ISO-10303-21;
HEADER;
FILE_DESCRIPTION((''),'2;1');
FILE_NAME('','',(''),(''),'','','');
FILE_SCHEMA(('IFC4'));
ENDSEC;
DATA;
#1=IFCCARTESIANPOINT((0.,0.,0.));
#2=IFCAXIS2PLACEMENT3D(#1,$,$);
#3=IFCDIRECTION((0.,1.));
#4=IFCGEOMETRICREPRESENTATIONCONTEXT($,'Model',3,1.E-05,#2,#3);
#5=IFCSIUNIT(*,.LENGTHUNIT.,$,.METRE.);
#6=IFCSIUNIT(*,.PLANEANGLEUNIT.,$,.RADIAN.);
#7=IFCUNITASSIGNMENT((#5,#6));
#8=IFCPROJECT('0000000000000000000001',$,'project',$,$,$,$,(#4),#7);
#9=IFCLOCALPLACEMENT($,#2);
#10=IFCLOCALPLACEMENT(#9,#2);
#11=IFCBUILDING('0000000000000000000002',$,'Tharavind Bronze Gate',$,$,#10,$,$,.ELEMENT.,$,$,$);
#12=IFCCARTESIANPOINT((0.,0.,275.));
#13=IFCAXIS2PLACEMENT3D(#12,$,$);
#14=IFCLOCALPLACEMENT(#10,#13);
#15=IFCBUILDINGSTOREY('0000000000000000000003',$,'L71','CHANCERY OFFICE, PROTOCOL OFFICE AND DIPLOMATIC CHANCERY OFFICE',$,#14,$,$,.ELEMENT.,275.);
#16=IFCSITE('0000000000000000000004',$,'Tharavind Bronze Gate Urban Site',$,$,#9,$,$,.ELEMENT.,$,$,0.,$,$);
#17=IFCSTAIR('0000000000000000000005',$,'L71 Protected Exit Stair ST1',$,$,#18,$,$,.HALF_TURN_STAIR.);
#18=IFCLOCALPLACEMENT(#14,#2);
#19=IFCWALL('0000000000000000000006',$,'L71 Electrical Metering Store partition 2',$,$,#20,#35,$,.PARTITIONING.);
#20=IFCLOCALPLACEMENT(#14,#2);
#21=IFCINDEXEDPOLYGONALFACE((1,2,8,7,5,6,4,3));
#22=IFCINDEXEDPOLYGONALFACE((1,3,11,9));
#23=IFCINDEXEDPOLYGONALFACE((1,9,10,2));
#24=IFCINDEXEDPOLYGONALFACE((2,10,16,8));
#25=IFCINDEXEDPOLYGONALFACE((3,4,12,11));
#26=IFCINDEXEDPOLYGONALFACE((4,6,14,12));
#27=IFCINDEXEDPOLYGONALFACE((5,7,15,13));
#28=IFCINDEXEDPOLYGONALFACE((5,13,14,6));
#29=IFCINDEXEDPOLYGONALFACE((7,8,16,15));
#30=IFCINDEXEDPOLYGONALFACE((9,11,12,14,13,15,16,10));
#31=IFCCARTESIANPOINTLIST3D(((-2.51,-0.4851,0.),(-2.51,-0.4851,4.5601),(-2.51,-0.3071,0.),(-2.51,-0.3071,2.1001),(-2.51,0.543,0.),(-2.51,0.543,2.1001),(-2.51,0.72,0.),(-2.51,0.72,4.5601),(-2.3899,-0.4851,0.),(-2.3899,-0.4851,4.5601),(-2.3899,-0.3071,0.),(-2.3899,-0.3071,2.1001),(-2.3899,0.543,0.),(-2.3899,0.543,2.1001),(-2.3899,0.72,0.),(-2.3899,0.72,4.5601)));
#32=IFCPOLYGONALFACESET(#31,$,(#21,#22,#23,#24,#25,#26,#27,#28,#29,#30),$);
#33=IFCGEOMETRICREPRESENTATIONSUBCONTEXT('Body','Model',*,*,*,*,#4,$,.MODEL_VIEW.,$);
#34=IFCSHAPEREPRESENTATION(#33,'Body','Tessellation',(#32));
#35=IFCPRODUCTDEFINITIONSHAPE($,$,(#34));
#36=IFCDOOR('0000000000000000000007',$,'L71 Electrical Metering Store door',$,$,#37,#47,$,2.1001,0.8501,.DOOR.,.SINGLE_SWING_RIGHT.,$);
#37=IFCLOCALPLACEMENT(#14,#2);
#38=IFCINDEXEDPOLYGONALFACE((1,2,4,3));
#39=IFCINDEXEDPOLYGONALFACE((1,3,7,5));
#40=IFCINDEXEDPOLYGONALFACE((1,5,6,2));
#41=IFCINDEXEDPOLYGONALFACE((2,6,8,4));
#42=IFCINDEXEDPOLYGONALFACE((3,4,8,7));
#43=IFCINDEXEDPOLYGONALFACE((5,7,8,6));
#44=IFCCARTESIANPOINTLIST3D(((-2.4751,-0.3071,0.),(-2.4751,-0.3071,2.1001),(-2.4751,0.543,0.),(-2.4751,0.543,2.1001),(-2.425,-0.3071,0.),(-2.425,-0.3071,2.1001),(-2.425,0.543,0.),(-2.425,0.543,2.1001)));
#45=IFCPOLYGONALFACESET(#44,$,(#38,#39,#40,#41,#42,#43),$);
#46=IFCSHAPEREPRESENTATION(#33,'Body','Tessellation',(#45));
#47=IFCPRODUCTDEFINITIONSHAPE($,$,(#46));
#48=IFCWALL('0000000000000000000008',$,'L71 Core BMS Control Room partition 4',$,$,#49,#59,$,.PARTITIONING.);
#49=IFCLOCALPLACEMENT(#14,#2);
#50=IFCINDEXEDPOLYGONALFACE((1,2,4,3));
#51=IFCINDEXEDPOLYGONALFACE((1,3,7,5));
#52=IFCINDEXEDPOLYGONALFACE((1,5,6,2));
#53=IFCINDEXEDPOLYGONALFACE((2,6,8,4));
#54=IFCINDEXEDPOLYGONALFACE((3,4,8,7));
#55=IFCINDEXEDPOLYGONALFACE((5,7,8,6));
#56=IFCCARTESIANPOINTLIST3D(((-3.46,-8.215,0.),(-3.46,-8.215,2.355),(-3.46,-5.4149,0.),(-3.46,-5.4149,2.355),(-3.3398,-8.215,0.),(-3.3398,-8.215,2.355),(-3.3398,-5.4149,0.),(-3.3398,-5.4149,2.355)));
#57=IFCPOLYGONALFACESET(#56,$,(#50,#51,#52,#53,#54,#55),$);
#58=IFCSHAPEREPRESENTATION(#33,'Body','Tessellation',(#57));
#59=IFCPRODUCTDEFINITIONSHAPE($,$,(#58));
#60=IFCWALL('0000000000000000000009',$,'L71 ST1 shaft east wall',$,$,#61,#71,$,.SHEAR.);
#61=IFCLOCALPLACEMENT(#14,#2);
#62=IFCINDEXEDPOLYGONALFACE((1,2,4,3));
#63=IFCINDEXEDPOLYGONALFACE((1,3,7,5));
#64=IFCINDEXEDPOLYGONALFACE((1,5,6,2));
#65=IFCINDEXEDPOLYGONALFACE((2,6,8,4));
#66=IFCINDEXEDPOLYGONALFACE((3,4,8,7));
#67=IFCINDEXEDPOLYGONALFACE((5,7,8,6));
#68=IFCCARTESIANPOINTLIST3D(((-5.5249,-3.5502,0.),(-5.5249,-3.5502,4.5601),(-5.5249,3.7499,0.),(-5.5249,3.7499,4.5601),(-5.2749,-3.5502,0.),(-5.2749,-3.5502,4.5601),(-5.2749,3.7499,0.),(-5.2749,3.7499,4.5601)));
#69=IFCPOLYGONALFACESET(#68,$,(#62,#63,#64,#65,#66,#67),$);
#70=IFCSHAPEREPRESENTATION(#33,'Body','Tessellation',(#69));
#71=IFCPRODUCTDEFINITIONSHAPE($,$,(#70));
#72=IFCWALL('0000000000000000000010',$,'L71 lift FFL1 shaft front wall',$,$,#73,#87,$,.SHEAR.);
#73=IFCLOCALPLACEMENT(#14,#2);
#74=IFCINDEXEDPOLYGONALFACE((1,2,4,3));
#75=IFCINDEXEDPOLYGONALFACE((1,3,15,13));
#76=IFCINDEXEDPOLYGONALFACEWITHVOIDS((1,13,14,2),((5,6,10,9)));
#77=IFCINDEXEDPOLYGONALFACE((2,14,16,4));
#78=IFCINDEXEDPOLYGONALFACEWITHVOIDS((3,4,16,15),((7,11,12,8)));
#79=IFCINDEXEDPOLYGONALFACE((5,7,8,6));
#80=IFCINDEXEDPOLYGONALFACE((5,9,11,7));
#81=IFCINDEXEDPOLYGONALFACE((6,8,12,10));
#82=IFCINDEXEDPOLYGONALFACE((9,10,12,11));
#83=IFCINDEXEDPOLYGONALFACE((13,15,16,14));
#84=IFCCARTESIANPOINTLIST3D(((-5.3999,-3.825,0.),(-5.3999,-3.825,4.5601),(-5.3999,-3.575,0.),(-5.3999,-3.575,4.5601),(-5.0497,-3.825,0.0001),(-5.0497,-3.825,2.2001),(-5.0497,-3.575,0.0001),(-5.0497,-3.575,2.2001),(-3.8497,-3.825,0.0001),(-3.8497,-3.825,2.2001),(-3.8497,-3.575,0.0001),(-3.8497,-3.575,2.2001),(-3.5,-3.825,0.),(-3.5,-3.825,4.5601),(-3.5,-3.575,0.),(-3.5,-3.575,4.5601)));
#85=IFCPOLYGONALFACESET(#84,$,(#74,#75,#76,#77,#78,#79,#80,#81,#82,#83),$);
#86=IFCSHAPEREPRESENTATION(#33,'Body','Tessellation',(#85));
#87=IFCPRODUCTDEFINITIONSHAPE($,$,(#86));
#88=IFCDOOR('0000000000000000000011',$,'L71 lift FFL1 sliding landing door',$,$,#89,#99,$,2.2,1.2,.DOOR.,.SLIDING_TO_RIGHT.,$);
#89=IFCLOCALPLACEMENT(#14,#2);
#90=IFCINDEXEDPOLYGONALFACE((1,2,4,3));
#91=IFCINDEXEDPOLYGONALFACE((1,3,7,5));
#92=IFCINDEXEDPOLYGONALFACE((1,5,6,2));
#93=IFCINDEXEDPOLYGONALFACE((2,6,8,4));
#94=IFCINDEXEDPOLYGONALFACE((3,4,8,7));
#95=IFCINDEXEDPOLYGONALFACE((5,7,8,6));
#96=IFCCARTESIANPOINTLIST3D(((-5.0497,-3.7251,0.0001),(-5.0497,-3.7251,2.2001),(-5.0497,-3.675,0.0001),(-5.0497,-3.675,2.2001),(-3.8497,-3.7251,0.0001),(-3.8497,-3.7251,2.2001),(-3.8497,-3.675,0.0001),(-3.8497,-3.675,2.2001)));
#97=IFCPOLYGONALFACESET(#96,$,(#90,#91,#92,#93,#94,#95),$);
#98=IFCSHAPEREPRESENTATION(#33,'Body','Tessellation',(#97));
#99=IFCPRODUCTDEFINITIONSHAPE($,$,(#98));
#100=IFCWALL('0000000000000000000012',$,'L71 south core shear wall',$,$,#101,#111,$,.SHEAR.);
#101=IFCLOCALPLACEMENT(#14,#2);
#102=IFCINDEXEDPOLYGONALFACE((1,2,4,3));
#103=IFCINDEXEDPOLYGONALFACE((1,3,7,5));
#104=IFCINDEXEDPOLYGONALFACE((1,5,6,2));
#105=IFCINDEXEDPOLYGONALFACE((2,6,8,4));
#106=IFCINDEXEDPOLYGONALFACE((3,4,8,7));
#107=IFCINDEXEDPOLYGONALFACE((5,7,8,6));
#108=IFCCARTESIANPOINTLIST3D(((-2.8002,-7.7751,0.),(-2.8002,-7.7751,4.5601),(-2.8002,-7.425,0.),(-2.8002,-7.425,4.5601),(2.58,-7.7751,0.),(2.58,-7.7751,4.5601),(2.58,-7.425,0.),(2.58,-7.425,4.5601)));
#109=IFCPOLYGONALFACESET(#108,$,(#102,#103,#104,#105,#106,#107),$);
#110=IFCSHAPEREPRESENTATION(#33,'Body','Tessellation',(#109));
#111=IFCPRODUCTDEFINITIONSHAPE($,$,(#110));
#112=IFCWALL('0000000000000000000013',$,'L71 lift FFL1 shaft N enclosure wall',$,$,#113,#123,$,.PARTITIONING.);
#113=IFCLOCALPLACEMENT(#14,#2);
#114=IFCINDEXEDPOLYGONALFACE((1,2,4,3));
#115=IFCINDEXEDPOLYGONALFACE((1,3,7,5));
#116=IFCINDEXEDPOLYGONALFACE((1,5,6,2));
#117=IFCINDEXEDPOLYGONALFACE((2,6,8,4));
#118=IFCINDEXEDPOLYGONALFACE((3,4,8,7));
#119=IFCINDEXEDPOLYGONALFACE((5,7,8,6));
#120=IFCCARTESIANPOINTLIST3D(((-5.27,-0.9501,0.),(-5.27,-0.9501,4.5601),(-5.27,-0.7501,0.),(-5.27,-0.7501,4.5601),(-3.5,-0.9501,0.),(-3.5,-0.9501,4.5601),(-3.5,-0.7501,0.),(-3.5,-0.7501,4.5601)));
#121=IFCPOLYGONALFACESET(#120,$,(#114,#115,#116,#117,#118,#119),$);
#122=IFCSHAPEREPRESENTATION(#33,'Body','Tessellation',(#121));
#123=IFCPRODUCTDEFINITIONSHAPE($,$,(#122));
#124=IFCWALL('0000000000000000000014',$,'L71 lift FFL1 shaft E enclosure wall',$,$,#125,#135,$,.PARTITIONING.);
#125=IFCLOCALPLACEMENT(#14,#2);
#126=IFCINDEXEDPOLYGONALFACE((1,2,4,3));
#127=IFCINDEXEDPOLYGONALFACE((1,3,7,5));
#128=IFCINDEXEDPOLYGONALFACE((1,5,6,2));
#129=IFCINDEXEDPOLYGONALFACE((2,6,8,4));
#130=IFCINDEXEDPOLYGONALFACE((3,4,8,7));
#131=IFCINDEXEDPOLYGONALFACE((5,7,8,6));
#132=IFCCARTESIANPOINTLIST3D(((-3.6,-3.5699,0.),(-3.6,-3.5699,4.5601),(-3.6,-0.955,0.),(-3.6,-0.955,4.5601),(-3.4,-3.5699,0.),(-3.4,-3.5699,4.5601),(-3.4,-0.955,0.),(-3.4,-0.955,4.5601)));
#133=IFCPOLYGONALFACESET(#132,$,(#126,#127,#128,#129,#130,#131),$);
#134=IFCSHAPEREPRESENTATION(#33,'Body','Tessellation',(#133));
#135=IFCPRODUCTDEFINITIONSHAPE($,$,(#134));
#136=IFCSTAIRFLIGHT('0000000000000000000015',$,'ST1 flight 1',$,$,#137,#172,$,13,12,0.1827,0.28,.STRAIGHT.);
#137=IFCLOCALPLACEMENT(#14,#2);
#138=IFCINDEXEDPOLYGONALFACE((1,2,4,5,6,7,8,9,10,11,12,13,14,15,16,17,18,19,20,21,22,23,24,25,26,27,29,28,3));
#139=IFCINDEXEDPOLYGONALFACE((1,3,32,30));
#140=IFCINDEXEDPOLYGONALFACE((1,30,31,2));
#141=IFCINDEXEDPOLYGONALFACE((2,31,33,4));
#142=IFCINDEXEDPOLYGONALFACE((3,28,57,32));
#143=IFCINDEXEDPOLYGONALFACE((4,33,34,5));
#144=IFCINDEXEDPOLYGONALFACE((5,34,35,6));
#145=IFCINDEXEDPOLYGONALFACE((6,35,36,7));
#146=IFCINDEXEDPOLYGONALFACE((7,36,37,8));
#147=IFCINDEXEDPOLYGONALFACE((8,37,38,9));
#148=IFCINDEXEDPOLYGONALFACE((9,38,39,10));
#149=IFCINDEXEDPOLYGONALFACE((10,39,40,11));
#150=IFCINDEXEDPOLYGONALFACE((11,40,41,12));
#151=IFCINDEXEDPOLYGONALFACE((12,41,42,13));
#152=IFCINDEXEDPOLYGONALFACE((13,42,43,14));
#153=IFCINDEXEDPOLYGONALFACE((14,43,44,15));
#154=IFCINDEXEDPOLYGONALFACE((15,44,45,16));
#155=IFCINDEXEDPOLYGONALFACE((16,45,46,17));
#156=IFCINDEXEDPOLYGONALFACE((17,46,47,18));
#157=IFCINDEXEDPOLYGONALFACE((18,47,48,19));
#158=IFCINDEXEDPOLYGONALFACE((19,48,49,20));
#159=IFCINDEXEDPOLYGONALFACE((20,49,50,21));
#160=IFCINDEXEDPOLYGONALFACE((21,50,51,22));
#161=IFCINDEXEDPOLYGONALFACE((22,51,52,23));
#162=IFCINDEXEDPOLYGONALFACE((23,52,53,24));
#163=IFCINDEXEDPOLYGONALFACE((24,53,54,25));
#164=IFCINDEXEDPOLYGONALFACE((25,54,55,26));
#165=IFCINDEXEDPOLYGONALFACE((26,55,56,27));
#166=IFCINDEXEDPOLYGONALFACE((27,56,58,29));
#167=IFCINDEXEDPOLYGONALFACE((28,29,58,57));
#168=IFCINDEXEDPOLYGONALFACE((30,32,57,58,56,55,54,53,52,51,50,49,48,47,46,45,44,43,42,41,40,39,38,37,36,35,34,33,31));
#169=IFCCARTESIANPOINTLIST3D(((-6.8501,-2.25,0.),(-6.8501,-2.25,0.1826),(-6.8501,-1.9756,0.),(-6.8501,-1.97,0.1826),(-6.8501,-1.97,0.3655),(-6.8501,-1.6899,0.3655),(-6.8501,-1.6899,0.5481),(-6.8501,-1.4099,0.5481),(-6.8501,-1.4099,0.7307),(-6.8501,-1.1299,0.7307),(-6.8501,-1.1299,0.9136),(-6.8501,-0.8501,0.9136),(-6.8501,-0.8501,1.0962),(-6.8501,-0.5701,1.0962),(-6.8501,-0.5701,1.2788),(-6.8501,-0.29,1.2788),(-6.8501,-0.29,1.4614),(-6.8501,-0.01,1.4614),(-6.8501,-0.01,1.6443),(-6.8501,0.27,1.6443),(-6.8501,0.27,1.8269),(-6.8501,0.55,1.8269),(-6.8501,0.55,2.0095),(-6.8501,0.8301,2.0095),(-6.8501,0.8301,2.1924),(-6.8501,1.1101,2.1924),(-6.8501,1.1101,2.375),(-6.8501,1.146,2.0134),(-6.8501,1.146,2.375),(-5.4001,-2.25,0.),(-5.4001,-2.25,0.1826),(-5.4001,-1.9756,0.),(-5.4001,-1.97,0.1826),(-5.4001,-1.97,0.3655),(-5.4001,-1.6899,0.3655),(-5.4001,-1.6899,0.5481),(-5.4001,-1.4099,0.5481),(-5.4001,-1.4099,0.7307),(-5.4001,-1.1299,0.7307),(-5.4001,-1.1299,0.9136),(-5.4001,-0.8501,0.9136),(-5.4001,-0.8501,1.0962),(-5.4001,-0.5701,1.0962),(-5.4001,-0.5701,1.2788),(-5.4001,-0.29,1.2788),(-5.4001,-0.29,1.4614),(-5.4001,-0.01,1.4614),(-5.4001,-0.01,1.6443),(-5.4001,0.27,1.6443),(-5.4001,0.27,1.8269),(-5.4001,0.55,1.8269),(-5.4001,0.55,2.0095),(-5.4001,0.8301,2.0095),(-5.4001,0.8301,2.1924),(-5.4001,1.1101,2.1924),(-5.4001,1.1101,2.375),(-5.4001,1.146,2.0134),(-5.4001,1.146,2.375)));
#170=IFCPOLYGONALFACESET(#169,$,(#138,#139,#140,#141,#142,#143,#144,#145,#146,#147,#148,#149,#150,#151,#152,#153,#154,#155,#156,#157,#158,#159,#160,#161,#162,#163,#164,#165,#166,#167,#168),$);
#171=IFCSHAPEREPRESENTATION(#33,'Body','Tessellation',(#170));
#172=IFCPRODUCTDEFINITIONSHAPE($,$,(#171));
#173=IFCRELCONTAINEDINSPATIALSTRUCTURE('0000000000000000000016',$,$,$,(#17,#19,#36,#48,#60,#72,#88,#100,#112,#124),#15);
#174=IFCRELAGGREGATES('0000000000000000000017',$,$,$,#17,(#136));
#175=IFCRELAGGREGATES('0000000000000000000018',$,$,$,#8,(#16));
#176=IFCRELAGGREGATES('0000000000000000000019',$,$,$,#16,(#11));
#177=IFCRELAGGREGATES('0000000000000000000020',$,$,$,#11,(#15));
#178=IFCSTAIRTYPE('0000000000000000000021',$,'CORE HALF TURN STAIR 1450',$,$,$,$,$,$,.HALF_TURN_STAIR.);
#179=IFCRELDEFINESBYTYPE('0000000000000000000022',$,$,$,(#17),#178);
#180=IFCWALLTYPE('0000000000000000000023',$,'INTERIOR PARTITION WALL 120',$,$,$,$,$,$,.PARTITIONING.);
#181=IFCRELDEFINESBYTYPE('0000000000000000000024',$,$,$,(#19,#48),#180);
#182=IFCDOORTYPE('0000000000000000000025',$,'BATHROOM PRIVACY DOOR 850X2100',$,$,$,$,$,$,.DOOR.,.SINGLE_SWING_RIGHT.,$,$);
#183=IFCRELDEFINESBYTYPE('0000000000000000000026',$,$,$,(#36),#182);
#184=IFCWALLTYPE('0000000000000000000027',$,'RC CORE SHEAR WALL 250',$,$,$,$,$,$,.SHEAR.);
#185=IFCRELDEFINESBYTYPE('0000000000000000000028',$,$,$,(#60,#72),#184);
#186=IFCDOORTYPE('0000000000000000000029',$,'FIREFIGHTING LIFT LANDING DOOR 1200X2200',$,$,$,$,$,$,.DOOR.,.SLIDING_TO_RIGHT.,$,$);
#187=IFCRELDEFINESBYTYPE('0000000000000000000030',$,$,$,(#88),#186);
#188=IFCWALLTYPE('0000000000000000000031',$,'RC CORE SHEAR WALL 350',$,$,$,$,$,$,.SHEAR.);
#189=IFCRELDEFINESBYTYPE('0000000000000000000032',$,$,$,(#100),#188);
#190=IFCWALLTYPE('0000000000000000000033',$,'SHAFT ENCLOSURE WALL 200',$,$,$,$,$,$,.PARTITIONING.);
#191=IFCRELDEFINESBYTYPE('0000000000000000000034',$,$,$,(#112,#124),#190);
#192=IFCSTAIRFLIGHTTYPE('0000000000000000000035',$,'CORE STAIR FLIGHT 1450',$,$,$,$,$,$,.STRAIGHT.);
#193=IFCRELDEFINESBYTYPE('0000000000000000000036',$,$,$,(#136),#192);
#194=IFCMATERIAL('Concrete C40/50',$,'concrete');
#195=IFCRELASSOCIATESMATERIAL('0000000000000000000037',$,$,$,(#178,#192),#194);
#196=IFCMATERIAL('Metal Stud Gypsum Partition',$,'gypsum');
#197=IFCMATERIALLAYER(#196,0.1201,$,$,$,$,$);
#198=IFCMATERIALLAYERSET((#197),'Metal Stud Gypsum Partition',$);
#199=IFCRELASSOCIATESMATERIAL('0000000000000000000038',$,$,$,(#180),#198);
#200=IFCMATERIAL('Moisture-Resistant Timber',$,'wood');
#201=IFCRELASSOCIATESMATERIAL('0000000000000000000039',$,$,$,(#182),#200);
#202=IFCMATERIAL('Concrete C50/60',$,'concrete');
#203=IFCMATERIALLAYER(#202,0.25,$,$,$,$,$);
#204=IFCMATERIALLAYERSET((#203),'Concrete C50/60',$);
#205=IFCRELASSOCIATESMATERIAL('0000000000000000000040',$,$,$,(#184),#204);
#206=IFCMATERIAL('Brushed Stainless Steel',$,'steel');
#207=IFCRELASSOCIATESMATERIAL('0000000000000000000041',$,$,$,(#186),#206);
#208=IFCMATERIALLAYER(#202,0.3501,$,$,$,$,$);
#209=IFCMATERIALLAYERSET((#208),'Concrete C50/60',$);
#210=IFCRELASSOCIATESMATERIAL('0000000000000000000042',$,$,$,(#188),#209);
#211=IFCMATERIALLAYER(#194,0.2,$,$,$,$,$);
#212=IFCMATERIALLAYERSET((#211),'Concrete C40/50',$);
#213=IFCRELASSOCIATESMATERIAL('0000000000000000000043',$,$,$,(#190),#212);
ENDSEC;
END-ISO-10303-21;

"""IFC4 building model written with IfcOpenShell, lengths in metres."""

from ifc_helpers import new_model, si_unit, direction, frame, frame_2d, origin, place, context, subcontext, project, spatial, polyline, rectangle, outline, extrude, material, layer, layer_set, type_object, element, fill, aggregate, save


model = new_model("IFC4")

# Units and contexts
model_context = context("Model", 3, precision=1e-05, world=origin(), true_north=direction((0.0, 1.0)))
body_context = subcontext(model_context, "Body", "Model", "MODEL_VIEW")
ifc_project = project(units=[si_unit("LENGTHUNIT", "METRE"), si_unit("PLANEANGLEUNIT", "RADIAN")], contexts=[model_context])

# Site, building, storey
site_placement = place(None, origin())
site = spatial("IfcSite", under=ifc_project, at=site_placement, Name="Tharavind Bronze Gate Urban Site", CompositionType="ELEMENT", RefElevation=0.0)
building_placement = place(site_placement, origin())
building = spatial("IfcBuilding", under=site, at=building_placement, Name="Tharavind Bronze Gate", CompositionType="ELEMENT")
storey_placement = place(building_placement, frame((0.0, 0.0, 275.0)))
storey = spatial("IfcBuildingStorey", under=building, at=storey_placement, Name="L71", Description="CHANCERY OFFICE, PROTOCOL OFFICE AND DIPLOMATIC CHANCERY OFFICE", CompositionType="ELEMENT", Elevation=275.0)

# Shared definitions
ifc_material_1 = material(Name="Concrete C50/60", Category="concrete")

# Shared definitions
ifc_material_2 = material(Name="Concrete C40/50", Category="concrete")

# Stair
stair_type = type_object("IfcStairType", Name="CORE HALF TURN STAIR 1450", PredefinedType="HALF_TURN_STAIR", material=ifc_material_2)
stair_1_placement = place(storey_placement, origin())
stair_1 = element("IfcStair", 1, at=stair_1_placement, inside=storey, type_object=stair_type, Name="L71 Protected Exit Stair ST1", PredefinedType="HALF_TURN_STAIR")

# Shared definitions
ifc_material_3 = material(Name="Metal Stud Gypsum Partition", Category="gypsum")
ifc_layer_1 = layer(ifc_material_3, 0.1201)
ifc_layer_set_1 = layer_set([ifc_layer_1], Name="Metal Stud Gypsum Partition")
wall_type_1 = type_object("IfcWallType", Name="INTERIOR PARTITION WALL 120", PredefinedType="PARTITIONING", material=ifc_layer_set_1)

# Wall, opening, door
wall_1_placement = place(storey_placement, frame((-2.45, -0.4851, 0.0), z_axis=(0.0, 0.0, 1.0), x_axis=(0.0, 1.0, 0.0)))
wall_1 = element("IfcWall", 2, at=wall_1_placement, inside=storey, type_object=wall_type_1, Name="L71 Electrical Metering Store partition 2", PredefinedType="PARTITIONING", context=body_context, shape_type="SweptSolid", body=[
    extrude(rectangle(XDim=1.2051, YDim=0.1201, at=frame_2d((0.6025, 0.0))), origin(), (0.0, 0.0, 1.0), 4.5601),
])
opening_1_placement = place(wall_1_placement, frame((0.178, 0.0, 0.0)))
opening_1 = element("IfcOpeningElement", 3, at=opening_1_placement, cuts=wall_1, PredefinedType="OPENING", context=body_context, shape_type="SweptSolid", body=[
    extrude(rectangle(XDim=0.8501, YDim=2.1001, at=frame_2d((0.425, 1.05))), frame((0.0, 0.0701, 0.0), z_axis=(0.0, -1.0, 0.0), x_axis=(1.0, 0.0, 0.0)), (0.0, 0.0, 1.0), 0.1401),
])
ifc_material_4 = material(Name="Moisture-Resistant Timber", Category="wood")
door_type_1 = type_object("IfcDoorType", Name="BATHROOM PRIVACY DOOR 850X2100", OperationType="SINGLE_SWING_RIGHT", PredefinedType="DOOR", material=ifc_material_4)
door_1_placement = place(opening_1_placement, frame((0.8501, 0.0, 0.0), z_axis=(0.0, 0.0, 1.0), x_axis=(-1.0, 0.0, 0.0)))
door_1 = element("IfcDoor", 4, at=door_1_placement, inside=storey, type_object=door_type_1, Name="L71 Electrical Metering Store door", OperationType="SINGLE_SWING_RIGHT", OverallHeight=2.1001, OverallWidth=0.8501, PredefinedType="DOOR", context=body_context, shape_type="SweptSolid", body=[
    extrude(rectangle(XDim=0.8501, YDim=2.1001, at=frame_2d((0.425, 1.05))), frame((0.0, 0.0249, 0.0), z_axis=(0.0, -1.0, 0.0), x_axis=(1.0, 0.0, 0.0)), (0.0, 0.0, 1.0), 0.05),
])
fill(opening_1, door_1)

# Walls
wall_2_placement = place(storey_placement, frame((-3.3999, -5.415, 0.0), z_axis=(0.0, 0.0, 1.0), x_axis=(0.0, -1.0, 0.0)))
element("IfcWall", 5, at=wall_2_placement, inside=storey, type_object=wall_type_1, Name="L71 Core BMS Control Room partition 4", PredefinedType="PARTITIONING", context=body_context, shape_type="SweptSolid", body=[
    extrude(rectangle(XDim=2.8, YDim=0.1201, at=frame_2d((1.3999, 0.0))), origin(), (0.0, 0.0, 1.0), 2.355),
])
ifc_layer_2 = layer(ifc_material_1, 0.25)
ifc_layer_set_2 = layer_set([ifc_layer_2], Name="Concrete C50/60")
wall_type_2 = type_object("IfcWallType", Name="RC CORE SHEAR WALL 250", PredefinedType="SHEAR", material=ifc_layer_set_2)
wall_3_placement = place(storey_placement, frame((-5.3999, -3.55, 0.0), z_axis=(0.0, 0.0, 1.0), x_axis=(0.0, 1.0, 0.0)))
element("IfcWall", 6, at=wall_3_placement, inside=storey, type_object=wall_type_2, Name="L71 ST1 shaft east wall", PredefinedType="SHEAR", context=body_context, shape_type="SweptSolid", body=[
    extrude(rectangle(XDim=7.3, YDim=0.25, at=frame_2d((3.6499, 0.0))), origin(), (0.0, 0.0, 1.0), 4.5601),
])

# Wall, opening, door
wall_4_placement = place(storey_placement, frame((-5.3999, -3.7, 0.0), z_axis=(0.0, 0.0, 1.0), x_axis=(1.0, 0.0, 0.0)))
wall_4 = element("IfcWall", 7, at=wall_4_placement, inside=storey, type_object=wall_type_2, Name="L71 lift FFL1 shaft front wall", PredefinedType="SHEAR", context=body_context, shape_type="SweptSolid", body=[
    extrude(rectangle(XDim=1.8999, YDim=0.25, at=frame_2d((0.95, 0.0))), origin(), (0.0, 0.0, 1.0), 4.5601),
])
opening_2_placement = place(wall_4_placement, frame((0.3501, 0.0, 0.0)))
opening_2 = element("IfcOpeningElement", 8, at=opening_2_placement, cuts=wall_4, PredefinedType="OPENING", context=body_context, shape_type="SweptSolid", body=[
    extrude(rectangle(XDim=1.2, YDim=2.2, at=frame_2d((0.6001, 1.1001))), frame((0.0, 0.135, 0.0), z_axis=(0.0, -1.0, 0.0), x_axis=(1.0, 0.0, 0.0)), (0.0, 0.0, 1.0), 0.27),
])
ifc_material_5 = material(Name="Brushed Stainless Steel", Category="steel")
door_type_2 = type_object("IfcDoorType", Name="FIREFIGHTING LIFT LANDING DOOR 1200X2200", OperationType="SLIDING_TO_RIGHT", PredefinedType="DOOR", material=ifc_material_5)
door_2_placement = place(opening_2_placement, origin())
door_2 = element("IfcDoor", 9, at=door_2_placement, inside=storey, type_object=door_type_2, Name="L71 lift FFL1 sliding landing door", OperationType="SLIDING_TO_RIGHT", OverallHeight=2.2, OverallWidth=1.2, PredefinedType="DOOR", context=body_context, shape_type="SweptSolid", body=[
    extrude(rectangle(XDim=1.2, YDim=2.2, at=frame_2d((0.6001, 1.1001))), frame((0.0, 0.0249, 0.0), z_axis=(0.0, -1.0, 0.0), x_axis=(1.0, 0.0, 0.0)), (0.0, 0.0, 1.0), 0.05),
])
fill(opening_2, door_2)

# Walls
ifc_layer_3 = layer(ifc_material_1, 0.3501)
ifc_layer_set_3 = layer_set([ifc_layer_3], Name="Concrete C50/60")
wall_type_3 = type_object("IfcWallType", Name="RC CORE SHEAR WALL 350", PredefinedType="SHEAR", material=ifc_layer_set_3)
wall_5_placement = place(storey_placement, frame((-2.8, -7.6001, 0.0), z_axis=(0.0, 0.0, 1.0), x_axis=(1.0, 0.0, 0.0)))
element("IfcWall", 10, at=wall_5_placement, inside=storey, type_object=wall_type_3, Name="L71 south core shear wall", PredefinedType="SHEAR", context=body_context, shape_type="SweptSolid", body=[
    extrude(rectangle(XDim=5.3801, YDim=0.3501, at=frame_2d((2.6899, 0.0))), origin(), (0.0, 0.0, 1.0), 4.5601),
])
ifc_layer_4 = layer(ifc_material_2, 0.2)
ifc_layer_set_4 = layer_set([ifc_layer_4], Name="Concrete C40/50")
wall_type_4 = type_object("IfcWallType", Name="SHAFT ENCLOSURE WALL 200", PredefinedType="PARTITIONING", material=ifc_layer_set_4)
wall_6_placement = place(storey_placement, frame((-5.27, -0.8501, 0.0), z_axis=(0.0, 0.0, 1.0), x_axis=(1.0, 0.0, 0.0)))
element("IfcWall", 11, at=wall_6_placement, inside=storey, type_object=wall_type_4, Name="L71 lift FFL1 shaft N enclosure wall", PredefinedType="PARTITIONING", context=body_context, shape_type="SweptSolid", body=[
    extrude(rectangle(XDim=1.77, YDim=0.2, at=frame_2d((0.885, 0.0))), origin(), (0.0, 0.0, 1.0), 4.5601),
])
wall_7_placement = place(storey_placement, frame((-3.5, -3.5701, 0.0), z_axis=(0.0, 0.0, 1.0), x_axis=(0.0, 1.0, 0.0)))
element("IfcWall", 12, at=wall_7_placement, inside=storey, type_object=wall_type_4, Name="L71 lift FFL1 shaft E enclosure wall", PredefinedType="PARTITIONING", context=body_context, shape_type="SweptSolid", body=[
    extrude(rectangle(XDim=2.615, YDim=0.2, at=frame_2d((1.3076, 0.0))), origin(), (0.0, 0.0, 1.0), 4.5601),
])

# Stair flight
stair_flight_type = type_object("IfcStairFlightType", Name="CORE STAIR FLIGHT 1450", PredefinedType="STRAIGHT", material=ifc_material_2)
stair_flight_placement = place(storey_placement, frame((-6.125, -2.25, 0.0), z_axis=(0.0, 0.0, 1.0), x_axis=(0.0, 1.0, 0.0)))
stair_flight = element("IfcStairFlight", 13, at=stair_flight_placement, type_object=stair_flight_type, Name="ST1 flight 1", NumberOfRisers=13, NumberOfTreads=12, PredefinedType="STRAIGHT", RiserHeight=0.1827, TreadLength=0.28, context=body_context, shape_type="SweptSolid", body=[
    extrude(outline(polyline([(0.0, 0.0), (0.0, 0.1826), (0.28, 0.1826), (0.28, 0.3655), (0.5601, 0.3655), (0.5601, 0.5481), (0.8401, 0.5481), (0.8401, 0.7307), (1.1201, 0.7307), (1.1201, 0.9136), (1.3999, 0.9136), (1.3999, 1.0962), (1.6799, 1.0962), (1.6799, 1.2788), (1.96, 1.2788), (1.96, 1.4614), (2.24, 1.4614), (2.24, 1.6443), (2.52, 1.6443), (2.52, 1.8269), (2.8, 1.8269), (2.8, 2.0095), (3.0801, 2.0095), (3.0801, 2.1924), (3.3601, 2.1924), (3.3601, 2.375), (3.396, 2.375), (3.396, 2.0134), (0.2744, 0.0), (0.0, 0.0)])), frame((0.0, 0.7251, 0.0), z_axis=(0.0, -1.0, 0.0), x_axis=(1.0, 0.0, 0.0)), (0.0, 0.0, 1.0), 1.45),
])
aggregate(stair_1, [stair_flight])

save(model, "model.ifc")
